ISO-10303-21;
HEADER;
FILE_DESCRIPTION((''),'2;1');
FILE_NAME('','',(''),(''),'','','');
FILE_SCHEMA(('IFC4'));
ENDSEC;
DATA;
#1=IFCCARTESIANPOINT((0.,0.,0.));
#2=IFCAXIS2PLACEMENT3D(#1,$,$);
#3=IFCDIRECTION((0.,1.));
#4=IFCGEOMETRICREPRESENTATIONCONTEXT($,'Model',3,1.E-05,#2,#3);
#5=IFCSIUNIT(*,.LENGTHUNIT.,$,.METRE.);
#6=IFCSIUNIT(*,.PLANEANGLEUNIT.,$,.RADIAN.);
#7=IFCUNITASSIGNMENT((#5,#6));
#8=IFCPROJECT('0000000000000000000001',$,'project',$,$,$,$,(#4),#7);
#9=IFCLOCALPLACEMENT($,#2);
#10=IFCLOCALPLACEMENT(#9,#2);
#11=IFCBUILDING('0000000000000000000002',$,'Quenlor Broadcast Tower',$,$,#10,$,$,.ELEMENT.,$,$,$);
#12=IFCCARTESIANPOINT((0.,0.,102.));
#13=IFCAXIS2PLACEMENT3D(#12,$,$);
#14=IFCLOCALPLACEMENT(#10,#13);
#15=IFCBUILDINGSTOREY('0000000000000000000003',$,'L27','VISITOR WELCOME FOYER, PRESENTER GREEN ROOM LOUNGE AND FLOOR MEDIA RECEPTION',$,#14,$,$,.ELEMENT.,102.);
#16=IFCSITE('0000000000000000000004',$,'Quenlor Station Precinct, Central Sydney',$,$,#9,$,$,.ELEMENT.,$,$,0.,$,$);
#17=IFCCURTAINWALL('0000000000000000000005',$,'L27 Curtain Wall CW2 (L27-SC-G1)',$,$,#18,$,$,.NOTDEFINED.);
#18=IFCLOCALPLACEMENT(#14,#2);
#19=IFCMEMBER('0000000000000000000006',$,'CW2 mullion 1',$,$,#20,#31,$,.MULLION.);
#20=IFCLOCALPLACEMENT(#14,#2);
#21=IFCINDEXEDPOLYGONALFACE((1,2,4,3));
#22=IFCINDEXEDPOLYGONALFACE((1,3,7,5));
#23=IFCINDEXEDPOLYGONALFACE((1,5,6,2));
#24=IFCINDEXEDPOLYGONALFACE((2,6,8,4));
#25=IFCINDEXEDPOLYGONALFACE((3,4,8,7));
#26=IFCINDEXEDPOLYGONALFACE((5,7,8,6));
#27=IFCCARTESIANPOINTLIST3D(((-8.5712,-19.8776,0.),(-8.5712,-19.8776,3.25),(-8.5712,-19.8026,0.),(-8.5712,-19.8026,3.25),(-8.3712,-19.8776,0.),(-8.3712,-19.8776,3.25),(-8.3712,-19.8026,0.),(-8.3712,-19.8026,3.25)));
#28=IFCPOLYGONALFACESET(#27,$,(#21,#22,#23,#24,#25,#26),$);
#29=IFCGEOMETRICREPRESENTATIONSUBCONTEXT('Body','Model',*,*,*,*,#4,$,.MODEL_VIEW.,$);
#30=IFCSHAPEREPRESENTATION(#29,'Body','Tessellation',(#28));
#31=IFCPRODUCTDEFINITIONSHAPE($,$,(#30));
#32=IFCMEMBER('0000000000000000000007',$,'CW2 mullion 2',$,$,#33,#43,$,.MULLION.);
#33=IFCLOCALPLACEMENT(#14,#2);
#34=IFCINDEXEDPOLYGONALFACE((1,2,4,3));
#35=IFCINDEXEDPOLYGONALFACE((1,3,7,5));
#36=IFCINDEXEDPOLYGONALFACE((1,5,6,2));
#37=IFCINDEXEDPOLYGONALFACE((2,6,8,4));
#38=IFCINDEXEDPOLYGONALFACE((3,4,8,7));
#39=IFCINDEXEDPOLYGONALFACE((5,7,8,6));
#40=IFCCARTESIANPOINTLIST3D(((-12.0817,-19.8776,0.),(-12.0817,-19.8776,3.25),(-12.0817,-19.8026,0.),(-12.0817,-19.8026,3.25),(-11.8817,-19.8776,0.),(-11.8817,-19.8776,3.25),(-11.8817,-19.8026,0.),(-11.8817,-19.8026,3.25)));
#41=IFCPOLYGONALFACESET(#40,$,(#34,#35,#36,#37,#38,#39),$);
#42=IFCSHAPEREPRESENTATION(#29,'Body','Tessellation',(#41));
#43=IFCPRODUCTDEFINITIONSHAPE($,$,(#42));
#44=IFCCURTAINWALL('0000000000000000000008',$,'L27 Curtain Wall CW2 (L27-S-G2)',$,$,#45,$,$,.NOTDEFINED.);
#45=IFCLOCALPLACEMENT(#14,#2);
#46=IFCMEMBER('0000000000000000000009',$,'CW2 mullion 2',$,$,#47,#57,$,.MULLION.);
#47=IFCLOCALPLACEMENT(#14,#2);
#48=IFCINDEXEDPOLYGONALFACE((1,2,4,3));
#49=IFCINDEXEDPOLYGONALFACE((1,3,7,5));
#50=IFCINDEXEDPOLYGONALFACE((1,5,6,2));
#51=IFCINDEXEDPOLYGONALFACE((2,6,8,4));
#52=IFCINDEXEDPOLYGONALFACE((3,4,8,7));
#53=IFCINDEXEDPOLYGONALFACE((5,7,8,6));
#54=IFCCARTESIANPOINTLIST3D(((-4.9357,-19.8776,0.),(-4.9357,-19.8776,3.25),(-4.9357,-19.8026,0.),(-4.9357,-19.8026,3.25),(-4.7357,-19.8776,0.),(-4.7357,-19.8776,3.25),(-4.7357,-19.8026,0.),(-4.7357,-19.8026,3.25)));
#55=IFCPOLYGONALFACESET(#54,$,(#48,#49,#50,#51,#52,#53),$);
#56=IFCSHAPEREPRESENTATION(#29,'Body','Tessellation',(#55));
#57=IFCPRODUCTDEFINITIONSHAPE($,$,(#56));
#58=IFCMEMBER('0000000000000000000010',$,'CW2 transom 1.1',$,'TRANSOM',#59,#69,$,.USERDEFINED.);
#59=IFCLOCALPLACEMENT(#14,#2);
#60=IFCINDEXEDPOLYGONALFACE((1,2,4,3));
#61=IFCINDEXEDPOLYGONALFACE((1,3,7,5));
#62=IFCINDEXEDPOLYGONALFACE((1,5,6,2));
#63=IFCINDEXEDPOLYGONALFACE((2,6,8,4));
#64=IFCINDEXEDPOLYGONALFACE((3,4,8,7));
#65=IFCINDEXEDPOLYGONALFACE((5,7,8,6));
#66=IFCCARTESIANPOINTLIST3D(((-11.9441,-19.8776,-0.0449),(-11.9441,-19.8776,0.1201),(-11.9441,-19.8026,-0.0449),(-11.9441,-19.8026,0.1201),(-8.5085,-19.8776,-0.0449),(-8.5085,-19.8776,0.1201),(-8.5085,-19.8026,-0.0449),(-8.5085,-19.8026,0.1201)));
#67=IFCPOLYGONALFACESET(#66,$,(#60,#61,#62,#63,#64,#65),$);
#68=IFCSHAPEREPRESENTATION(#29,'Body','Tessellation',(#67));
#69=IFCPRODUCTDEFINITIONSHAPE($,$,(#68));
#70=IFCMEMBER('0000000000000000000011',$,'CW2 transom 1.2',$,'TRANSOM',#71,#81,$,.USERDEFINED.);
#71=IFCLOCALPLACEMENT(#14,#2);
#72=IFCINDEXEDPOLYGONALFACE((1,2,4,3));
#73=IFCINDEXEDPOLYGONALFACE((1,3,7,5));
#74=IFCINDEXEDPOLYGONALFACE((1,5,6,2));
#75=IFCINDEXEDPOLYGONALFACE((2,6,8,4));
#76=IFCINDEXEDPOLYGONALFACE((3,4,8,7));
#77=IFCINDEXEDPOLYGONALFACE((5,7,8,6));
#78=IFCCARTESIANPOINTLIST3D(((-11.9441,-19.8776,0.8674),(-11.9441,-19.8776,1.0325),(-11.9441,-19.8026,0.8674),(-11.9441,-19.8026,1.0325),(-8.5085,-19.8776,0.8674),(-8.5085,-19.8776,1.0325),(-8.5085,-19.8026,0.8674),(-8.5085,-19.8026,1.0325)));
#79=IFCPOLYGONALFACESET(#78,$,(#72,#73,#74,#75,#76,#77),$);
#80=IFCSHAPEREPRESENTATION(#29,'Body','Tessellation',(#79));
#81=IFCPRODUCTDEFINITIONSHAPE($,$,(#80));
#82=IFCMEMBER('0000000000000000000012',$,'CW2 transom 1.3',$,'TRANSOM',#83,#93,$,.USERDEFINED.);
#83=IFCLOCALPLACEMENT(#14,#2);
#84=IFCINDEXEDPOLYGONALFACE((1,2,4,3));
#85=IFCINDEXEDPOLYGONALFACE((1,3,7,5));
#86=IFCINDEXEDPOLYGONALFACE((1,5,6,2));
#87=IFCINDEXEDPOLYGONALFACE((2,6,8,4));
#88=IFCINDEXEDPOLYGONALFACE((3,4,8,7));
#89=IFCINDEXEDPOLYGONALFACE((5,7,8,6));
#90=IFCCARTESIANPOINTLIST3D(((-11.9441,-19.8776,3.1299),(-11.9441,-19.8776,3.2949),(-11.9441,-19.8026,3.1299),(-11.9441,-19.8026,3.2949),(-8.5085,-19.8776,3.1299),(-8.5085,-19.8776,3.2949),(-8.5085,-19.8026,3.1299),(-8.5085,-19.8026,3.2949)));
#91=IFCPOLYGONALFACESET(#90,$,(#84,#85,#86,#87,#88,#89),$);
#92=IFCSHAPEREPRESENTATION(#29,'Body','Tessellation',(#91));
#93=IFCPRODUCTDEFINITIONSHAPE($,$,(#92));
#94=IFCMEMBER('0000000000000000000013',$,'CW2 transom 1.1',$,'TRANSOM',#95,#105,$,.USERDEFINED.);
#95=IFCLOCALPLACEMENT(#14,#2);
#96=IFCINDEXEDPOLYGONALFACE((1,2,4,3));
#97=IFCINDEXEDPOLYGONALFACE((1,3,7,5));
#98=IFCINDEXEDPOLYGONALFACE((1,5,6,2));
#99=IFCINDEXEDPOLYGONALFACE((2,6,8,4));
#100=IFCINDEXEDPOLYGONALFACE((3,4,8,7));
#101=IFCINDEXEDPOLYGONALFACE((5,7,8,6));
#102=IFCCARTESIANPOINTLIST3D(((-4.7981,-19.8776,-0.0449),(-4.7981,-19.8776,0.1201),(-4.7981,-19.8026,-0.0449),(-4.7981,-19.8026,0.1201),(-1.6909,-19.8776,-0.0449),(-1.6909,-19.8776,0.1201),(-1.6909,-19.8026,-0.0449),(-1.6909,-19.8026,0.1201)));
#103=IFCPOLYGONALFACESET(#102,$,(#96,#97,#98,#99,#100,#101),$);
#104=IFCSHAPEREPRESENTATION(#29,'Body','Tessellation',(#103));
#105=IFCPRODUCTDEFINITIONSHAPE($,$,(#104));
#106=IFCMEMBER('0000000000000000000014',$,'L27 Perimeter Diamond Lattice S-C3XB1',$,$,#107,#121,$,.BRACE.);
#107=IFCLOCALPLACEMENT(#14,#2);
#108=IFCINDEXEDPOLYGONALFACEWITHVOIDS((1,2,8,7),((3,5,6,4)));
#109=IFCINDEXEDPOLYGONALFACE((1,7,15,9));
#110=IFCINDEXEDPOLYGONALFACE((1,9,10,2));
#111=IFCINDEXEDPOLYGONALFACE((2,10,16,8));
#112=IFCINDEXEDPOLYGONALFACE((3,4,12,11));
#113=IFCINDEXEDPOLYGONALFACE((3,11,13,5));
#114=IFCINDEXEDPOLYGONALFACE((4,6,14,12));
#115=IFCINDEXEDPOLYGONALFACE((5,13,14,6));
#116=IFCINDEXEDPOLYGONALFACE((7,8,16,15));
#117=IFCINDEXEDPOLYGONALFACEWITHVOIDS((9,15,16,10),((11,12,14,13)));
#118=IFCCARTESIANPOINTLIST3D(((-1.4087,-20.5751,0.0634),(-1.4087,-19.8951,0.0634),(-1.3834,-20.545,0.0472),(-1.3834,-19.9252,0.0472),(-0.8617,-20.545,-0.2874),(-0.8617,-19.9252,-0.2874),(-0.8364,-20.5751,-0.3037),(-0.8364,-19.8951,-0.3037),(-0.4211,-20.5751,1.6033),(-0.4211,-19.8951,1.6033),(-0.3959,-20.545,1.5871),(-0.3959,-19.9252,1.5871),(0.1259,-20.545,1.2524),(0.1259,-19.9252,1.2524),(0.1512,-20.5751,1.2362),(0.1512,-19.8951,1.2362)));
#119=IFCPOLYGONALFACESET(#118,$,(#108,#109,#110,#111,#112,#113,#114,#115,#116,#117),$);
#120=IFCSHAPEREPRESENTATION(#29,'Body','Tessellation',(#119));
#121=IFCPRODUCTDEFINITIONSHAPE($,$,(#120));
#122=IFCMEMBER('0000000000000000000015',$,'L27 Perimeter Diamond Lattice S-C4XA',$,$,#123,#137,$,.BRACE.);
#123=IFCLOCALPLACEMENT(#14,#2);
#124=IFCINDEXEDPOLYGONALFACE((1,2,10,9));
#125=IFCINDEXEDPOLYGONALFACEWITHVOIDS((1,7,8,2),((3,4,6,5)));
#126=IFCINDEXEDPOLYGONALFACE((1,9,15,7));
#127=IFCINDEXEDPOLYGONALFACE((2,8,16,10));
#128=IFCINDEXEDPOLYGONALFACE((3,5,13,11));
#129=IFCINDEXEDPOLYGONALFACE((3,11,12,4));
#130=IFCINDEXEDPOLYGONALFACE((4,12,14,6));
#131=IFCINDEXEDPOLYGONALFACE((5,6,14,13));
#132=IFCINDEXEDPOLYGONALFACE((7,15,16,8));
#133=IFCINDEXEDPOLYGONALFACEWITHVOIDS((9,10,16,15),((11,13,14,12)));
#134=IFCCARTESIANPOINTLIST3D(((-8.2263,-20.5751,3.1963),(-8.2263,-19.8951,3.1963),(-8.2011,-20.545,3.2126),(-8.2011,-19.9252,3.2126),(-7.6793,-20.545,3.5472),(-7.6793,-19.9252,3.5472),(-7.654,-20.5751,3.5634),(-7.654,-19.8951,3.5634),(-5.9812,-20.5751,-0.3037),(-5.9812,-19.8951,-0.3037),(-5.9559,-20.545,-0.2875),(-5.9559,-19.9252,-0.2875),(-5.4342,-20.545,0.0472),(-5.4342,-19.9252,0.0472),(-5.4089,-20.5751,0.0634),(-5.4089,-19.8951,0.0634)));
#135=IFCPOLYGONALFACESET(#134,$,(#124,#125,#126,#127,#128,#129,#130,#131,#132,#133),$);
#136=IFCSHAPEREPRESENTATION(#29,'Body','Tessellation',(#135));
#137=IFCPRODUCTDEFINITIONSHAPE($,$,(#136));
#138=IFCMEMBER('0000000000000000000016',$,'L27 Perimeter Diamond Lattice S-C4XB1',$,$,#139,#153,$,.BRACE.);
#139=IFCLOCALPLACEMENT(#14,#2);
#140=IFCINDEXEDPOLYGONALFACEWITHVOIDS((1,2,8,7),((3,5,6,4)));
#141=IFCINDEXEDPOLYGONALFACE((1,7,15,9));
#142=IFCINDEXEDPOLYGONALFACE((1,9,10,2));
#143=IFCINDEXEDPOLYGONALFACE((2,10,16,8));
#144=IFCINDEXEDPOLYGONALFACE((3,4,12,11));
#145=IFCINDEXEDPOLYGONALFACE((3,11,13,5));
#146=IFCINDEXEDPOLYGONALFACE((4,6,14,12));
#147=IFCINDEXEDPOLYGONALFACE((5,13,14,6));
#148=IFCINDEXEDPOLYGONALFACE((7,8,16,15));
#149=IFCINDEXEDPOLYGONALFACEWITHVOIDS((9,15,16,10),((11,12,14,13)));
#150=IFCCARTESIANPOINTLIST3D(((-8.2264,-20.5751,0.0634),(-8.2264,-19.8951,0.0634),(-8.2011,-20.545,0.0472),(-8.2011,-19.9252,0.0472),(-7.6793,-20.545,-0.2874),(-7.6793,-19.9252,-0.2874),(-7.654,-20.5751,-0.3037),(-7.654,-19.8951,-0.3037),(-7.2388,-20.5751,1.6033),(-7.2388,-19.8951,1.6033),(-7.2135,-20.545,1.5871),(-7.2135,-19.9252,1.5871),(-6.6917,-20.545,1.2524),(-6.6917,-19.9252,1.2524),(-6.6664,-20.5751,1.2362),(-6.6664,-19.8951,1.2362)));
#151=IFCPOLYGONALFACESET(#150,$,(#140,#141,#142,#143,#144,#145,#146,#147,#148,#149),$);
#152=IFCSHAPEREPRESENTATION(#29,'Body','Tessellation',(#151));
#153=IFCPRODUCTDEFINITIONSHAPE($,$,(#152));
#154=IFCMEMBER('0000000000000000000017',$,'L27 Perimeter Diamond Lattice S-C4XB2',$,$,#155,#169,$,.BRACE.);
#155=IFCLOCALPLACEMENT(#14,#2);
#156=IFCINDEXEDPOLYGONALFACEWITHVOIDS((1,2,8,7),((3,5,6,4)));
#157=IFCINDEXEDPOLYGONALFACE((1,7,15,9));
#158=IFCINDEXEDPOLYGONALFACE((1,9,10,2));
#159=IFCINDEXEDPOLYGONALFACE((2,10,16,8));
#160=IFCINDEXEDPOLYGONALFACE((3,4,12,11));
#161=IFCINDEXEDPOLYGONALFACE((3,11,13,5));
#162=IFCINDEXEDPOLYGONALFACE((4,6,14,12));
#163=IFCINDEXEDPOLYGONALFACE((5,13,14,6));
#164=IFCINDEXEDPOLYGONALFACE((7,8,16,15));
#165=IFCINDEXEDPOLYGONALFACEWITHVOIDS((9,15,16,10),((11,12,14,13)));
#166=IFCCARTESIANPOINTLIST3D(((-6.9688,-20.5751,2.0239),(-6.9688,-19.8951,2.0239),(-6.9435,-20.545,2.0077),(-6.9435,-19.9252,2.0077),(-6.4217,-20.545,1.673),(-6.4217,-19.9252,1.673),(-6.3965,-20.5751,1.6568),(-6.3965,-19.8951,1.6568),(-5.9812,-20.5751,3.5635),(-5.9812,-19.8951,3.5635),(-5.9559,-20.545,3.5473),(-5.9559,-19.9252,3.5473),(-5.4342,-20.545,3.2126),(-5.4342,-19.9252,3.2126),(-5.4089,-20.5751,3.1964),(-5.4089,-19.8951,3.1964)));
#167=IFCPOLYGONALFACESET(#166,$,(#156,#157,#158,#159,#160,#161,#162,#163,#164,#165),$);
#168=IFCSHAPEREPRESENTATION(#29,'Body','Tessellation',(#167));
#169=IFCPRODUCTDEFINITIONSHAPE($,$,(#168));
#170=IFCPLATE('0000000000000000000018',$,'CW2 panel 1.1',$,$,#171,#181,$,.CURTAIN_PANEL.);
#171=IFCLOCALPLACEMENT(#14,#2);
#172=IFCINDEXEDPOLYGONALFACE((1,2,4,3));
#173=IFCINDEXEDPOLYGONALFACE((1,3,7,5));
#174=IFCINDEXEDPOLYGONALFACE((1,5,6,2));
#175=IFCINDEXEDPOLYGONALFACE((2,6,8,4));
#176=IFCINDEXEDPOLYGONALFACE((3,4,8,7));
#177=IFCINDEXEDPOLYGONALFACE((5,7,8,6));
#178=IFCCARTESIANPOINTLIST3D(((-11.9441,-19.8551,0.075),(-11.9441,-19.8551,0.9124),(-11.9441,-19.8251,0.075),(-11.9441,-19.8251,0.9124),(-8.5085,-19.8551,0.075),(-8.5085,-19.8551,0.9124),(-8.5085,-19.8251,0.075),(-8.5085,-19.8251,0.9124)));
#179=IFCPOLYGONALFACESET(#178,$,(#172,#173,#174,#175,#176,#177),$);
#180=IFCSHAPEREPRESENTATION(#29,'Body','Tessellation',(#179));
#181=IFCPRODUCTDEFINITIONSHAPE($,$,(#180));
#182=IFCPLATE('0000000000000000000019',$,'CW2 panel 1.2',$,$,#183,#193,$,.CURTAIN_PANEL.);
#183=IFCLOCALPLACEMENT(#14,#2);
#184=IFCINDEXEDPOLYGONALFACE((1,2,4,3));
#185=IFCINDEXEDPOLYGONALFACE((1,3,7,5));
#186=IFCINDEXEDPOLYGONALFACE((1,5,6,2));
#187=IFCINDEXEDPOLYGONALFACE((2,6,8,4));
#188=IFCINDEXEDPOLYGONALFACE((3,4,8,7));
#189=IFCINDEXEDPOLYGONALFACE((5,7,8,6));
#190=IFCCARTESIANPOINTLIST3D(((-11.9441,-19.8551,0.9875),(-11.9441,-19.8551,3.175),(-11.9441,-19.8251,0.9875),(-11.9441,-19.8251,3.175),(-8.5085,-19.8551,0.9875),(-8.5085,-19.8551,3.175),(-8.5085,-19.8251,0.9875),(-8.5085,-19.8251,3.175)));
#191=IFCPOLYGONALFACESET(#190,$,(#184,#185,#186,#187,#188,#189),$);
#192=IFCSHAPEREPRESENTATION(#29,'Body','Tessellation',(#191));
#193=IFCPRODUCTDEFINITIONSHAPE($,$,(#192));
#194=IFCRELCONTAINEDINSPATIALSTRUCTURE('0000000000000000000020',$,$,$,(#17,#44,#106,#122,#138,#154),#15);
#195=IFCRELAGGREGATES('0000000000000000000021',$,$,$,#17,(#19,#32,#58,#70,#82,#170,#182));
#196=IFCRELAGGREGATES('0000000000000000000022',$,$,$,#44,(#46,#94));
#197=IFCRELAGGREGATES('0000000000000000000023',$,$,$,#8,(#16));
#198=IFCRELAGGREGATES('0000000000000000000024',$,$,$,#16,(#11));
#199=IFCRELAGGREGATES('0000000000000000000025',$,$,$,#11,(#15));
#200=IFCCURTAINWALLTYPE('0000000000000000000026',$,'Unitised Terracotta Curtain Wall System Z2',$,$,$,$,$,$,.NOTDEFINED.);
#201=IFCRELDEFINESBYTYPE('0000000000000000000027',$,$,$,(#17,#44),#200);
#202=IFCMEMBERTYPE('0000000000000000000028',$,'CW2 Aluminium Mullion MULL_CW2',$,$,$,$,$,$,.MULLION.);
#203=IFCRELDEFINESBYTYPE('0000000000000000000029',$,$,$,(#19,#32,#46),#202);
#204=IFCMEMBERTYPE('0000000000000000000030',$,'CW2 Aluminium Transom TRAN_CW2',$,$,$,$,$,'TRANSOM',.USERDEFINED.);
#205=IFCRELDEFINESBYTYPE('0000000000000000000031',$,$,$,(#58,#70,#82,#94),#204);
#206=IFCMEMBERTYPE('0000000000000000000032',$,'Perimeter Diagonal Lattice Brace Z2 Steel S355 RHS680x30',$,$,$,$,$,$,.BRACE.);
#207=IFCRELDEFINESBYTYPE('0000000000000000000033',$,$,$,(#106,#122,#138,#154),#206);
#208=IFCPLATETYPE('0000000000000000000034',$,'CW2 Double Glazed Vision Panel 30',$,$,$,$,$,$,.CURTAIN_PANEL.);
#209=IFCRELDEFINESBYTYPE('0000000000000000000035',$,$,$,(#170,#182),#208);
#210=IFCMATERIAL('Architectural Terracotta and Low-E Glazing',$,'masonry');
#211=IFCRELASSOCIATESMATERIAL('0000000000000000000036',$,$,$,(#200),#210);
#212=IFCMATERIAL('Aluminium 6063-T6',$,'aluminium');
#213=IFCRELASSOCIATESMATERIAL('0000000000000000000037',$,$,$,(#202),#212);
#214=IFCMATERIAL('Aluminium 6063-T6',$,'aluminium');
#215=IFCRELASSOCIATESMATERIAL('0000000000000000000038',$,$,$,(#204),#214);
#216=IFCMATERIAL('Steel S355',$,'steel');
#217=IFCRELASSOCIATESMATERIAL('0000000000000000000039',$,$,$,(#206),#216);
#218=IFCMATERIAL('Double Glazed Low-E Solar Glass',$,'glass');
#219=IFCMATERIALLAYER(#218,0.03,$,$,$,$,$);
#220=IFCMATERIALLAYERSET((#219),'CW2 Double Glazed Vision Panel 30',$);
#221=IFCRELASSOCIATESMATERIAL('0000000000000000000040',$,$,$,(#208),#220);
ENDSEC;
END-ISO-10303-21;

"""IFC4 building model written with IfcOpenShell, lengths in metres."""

from ifc_helpers import new_model, si_unit, direction, frame, origin, origin_2d, place, context, subcontext, project, spatial, rectangle, hollow_rectangle, extrude, material, layer, layer_set, material_profile, profile_set, type_object, element, aggregate, save


model = new_model("IFC4")

# Units and contexts
model_context = context("Model", 3, precision=1e-05, world=origin(), true_north=direction((0.0, 1.0)))
body_context = subcontext(model_context, "Body", "Model", "MODEL_VIEW")
ifc_project = project(units=[si_unit("LENGTHUNIT", "METRE"), si_unit("PLANEANGLEUNIT", "RADIAN")], contexts=[model_context])

# Site, building, storey
site_placement = place(None, origin())
site = spatial("IfcSite", under=ifc_project, at=site_placement, Name="Quenlor Station Precinct, Central Sydney", CompositionType="ELEMENT", RefElevation=0.0)
building_placement = place(site_placement, origin())
building = spatial("IfcBuilding", under=site, at=building_placement, Name="Quenlor Broadcast Tower", CompositionType="ELEMENT")
storey_placement = place(building_placement, frame((0.0, 0.0, 102.0)))
storey = spatial("IfcBuildingStorey", under=building, at=storey_placement, Name="L27", Description="VISITOR WELCOME FOYER, PRESENTER GREEN ROOM LOUNGE AND FLOOR MEDIA RECEPTION", CompositionType="ELEMENT", Elevation=102.0)

# Curtain wall, members
ifc_material_1 = material(Name="Architectural Terracotta and Low-E Glazing", Category="masonry")
curtain_wall_type = type_object("IfcCurtainWallType", Name="Unitised Terracotta Curtain Wall System Z2", PredefinedType="NOTDEFINED", material=ifc_material_1)
curtain_wall_1_placement = place(storey_placement, origin())
curtain_wall_1 = element("IfcCurtainWall", 1, at=curtain_wall_1_placement, inside=storey, type_object=curtain_wall_type, Name="L27 Curtain Wall CW2 (L27-SC-G1)", PredefinedType="NOTDEFINED")
ifc_material_2 = material(Name="Aluminium 6063-T6", Category="aluminium")
ifc_material_profile_1 = material_profile(ifc_material_2, rectangle(XDim=0.075, YDim=0.2, at=origin_2d()))
ifc_profile_set_1 = profile_set([ifc_material_profile_1], Name="Aluminium 6063-T6 MULL75x200")
member_type_1 = type_object("IfcMemberType", Name="CW2 Aluminium Mullion MULL_CW2", PredefinedType="MULLION", material=ifc_profile_set_1)
member_1_placement = place(storey_placement, frame((-8.4712, -19.8401, 0.0), z_axis=(0.0, 0.0, 1.0), x_axis=(0.0, -1.0, 0.0)))
member_1 = element("IfcMember", 2, at=member_1_placement, type_object=member_type_1, Name="CW2 mullion 1", PredefinedType="MULLION", context=body_context, shape_type="SweptSolid", body=[
    extrude(rectangle(XDim=0.075, YDim=0.2, at=origin_2d()), origin(), (0.0, 0.0, 1.0), 3.25),
])
member_2_placement = place(storey_placement, frame((-11.9817, -19.8401, 0.0), z_axis=(0.0, 0.0, 1.0), x_axis=(0.0, -1.0, 0.0)))
member_2 = element("IfcMember", 3, at=member_2_placement, type_object=member_type_1, Name="CW2 mullion 2", PredefinedType="MULLION", context=body_context, shape_type="SweptSolid", body=[
    extrude(rectangle(XDim=0.075, YDim=0.2, at=origin_2d()), origin(), (0.0, 0.0, 1.0), 3.25),
])

# Curtain wall, member
curtain_wall_2_placement = place(storey_placement, origin())
curtain_wall_2 = element("IfcCurtainWall", 4, at=curtain_wall_2_placement, inside=storey, type_object=curtain_wall_type, Name="L27 Curtain Wall CW2 (L27-S-G2)", PredefinedType="NOTDEFINED")
member_3_placement = place(storey_placement, frame((-4.8357, -19.8401, 0.0), z_axis=(0.0, 0.0, 1.0), x_axis=(0.0, -1.0, 0.0)))
member_3 = element("IfcMember", 5, at=member_3_placement, type_object=member_type_1, Name="CW2 mullion 2", PredefinedType="MULLION", context=body_context, shape_type="SweptSolid", body=[
    extrude(rectangle(XDim=0.075, YDim=0.2, at=origin_2d()), origin(), (0.0, 0.0, 1.0), 3.25),
])

# Members
ifc_material_3 = material(Name="Aluminium 6063-T6", Category="aluminium")
ifc_material_profile_2 = material_profile(ifc_material_3, rectangle(XDim=0.075, YDim=0.165, at=origin_2d()))
ifc_profile_set_2 = profile_set([ifc_material_profile_2], Name="Aluminium 6063-T6 TRAN75x165")
member_type_2 = type_object("IfcMemberType", Name="CW2 Aluminium Transom TRAN_CW2", ElementType="TRANSOM", PredefinedType="USERDEFINED", material=ifc_profile_set_2)
member_4_placement = place(storey_placement, frame((-8.5085, -19.8401, 0.0376), z_axis=(-1.0, 0.0, 0.0), x_axis=(0.0, -1.0, 0.0)))
member_4 = element("IfcMember", 6, at=member_4_placement, type_object=member_type_2, Name="CW2 transom 1.1", ObjectType="TRANSOM", PredefinedType="USERDEFINED", context=body_context, shape_type="SweptSolid", body=[
    extrude(rectangle(XDim=0.075, YDim=0.165, at=origin_2d()), origin(), (0.0, 0.0, 1.0), 3.4355),
])
member_5_placement = place(storey_placement, frame((-8.5085, -19.8401, 0.95), z_axis=(-1.0, 0.0, 0.0), x_axis=(0.0, -1.0, 0.0)))
member_5 = element("IfcMember", 7, at=member_5_placement, type_object=member_type_2, Name="CW2 transom 1.2", ObjectType="TRANSOM", PredefinedType="USERDEFINED", context=body_context, shape_type="SweptSolid", body=[
    extrude(rectangle(XDim=0.075, YDim=0.165, at=origin_2d()), origin(), (0.0, 0.0, 1.0), 3.4355),
])
member_6_placement = place(storey_placement, frame((-8.5085, -19.8401, 3.2124), z_axis=(-1.0, 0.0, 0.0), x_axis=(0.0, -1.0, 0.0)))
member_6 = element("IfcMember", 8, at=member_6_placement, type_object=member_type_2, Name="CW2 transom 1.3", ObjectType="TRANSOM", PredefinedType="USERDEFINED", context=body_context, shape_type="SweptSolid", body=[
    extrude(rectangle(XDim=0.075, YDim=0.165, at=origin_2d()), origin(), (0.0, 0.0, 1.0), 3.4355),
])
member_7_placement = place(storey_placement, frame((-1.6909, -19.8401, 0.0376), z_axis=(-1.0, 0.0, 0.0), x_axis=(0.0, -1.0, 0.0)))
member_7 = element("IfcMember", 9, at=member_7_placement, type_object=member_type_2, Name="CW2 transom 1.1", ObjectType="TRANSOM", PredefinedType="USERDEFINED", context=body_context, shape_type="SweptSolid", body=[
    extrude(rectangle(XDim=0.075, YDim=0.165, at=origin_2d()), origin(), (0.0, 0.0, 1.0), 3.1072),
])

# Members
ifc_material_4 = material(Name="Steel S355", Category="steel")
ifc_material_profile_3 = material_profile(ifc_material_4, hollow_rectangle(XDim=0.6799, YDim=0.6799, WallThickness=0.03, at=origin_2d()))
ifc_profile_set_3 = profile_set([ifc_material_profile_3], Name="Steel S355 RHS680x680x30")
member_type_3 = type_object("IfcMemberType", Name="Perimeter Diagonal Lattice Brace Z2 Steel S355 RHS680x30", PredefinedType="BRACE", material=ifc_profile_set_3)
member_8_placement = place(storey_placement, frame((-1.1226, -20.2351, -0.1201), z_axis=(0.53986, 0.0, 0.841755), x_axis=(0.0, 1.0, 0.0)))
element("IfcMember", 10, at=member_8_placement, inside=storey, type_object=member_type_3, Name="L27 Perimeter Diamond Lattice S-C3XB1", PredefinedType="BRACE", context=body_context, shape_type="SweptSolid", body=[
    extrude(hollow_rectangle(XDim=0.6799, YDim=0.6799, WallThickness=0.03, at=origin_2d()), origin(), (0.0, 0.0, 1.0), 1.8293),
])
member_9_placement = place(storey_placement, frame((-5.6951, -20.2351, -0.1201), z_axis=(-0.539926, 0.0, 0.841712), x_axis=(0.0, -1.0, 0.0)))
element("IfcMember", 11, at=member_9_placement, inside=storey, type_object=member_type_3, Name="L27 Perimeter Diamond Lattice S-C4XA", PredefinedType="BRACE", context=body_context, shape_type="SweptSolid", body=[
    extrude(hollow_rectangle(XDim=0.6799, YDim=0.6799, WallThickness=0.03, at=origin_2d()), origin(), (0.0, 0.0, 1.0), 4.1582),
])
member_10_placement = place(storey_placement, frame((-7.9402, -20.2351, -0.1201), z_axis=(0.53986, 0.0, 0.841755), x_axis=(0.0, 1.0, 0.0)))
element("IfcMember", 12, at=member_10_placement, inside=storey, type_object=member_type_3, Name="L27 Perimeter Diamond Lattice S-C4XB1", PredefinedType="BRACE", context=body_context, shape_type="SweptSolid", body=[
    extrude(hollow_rectangle(XDim=0.6799, YDim=0.6799, WallThickness=0.03, at=origin_2d()), origin(), (0.0, 0.0, 1.0), 1.8293),
])
member_11_placement = place(storey_placement, frame((-6.6826, -20.2351, 1.8403), z_axis=(0.539921, 0.0, 0.841716), x_axis=(0.0, 1.0, 0.0)))
element("IfcMember", 13, at=member_11_placement, inside=storey, type_object=member_type_3, Name="L27 Perimeter Diamond Lattice S-C4XB2", PredefinedType="BRACE", context=body_context, shape_type="SweptSolid", body=[
    extrude(hollow_rectangle(XDim=0.6799, YDim=0.6799, WallThickness=0.03, at=origin_2d()), origin(), (0.0, 0.0, 1.0), 1.8291),
])

# Plates
ifc_material_5 = material(Name="Double Glazed Low-E Solar Glass", Category="glass")
ifc_layer_1 = layer(ifc_material_5, 0.03)
ifc_layer_set_1 = layer_set([ifc_layer_1], Name="CW2 Double Glazed Vision Panel 30")
plate_type_1 = type_object("IfcPlateType", Name="CW2 Double Glazed Vision Panel 30", PredefinedType="CURTAIN_PANEL", material=ifc_layer_set_1)
plate_1_placement = place(storey_placement, frame((-10.2263, -19.8401, 0.075), z_axis=(0.0, 0.0, 1.0), x_axis=(-1.0, 0.0, 0.0)))
plate_1 = element("IfcPlate", 14, at=plate_1_placement, type_object=plate_type_1, Name="CW2 panel 1.1", PredefinedType="CURTAIN_PANEL", context=body_context, shape_type="SweptSolid", body=[
    extrude(rectangle(XDim=3.4355, YDim=0.03, at=origin_2d()), origin(), (0.0, 0.0, 1.0), 0.8374),
])
plate_2_placement = place(storey_placement, frame((-10.2263, -19.8401, 0.9875), z_axis=(0.0, 0.0, 1.0), x_axis=(-1.0, 0.0, 0.0)))
plate_2 = element("IfcPlate", 15, at=plate_2_placement, type_object=plate_type_1, Name="CW2 panel 1.2", PredefinedType="CURTAIN_PANEL", context=body_context, shape_type="SweptSolid", body=[
    extrude(rectangle(XDim=3.4355, YDim=0.03, at=origin_2d()), origin(), (0.0, 0.0, 1.0), 2.1875),
])
aggregate(curtain_wall_1, [member_1, member_2, member_4, member_5, member_6, plate_1, plate_2])
aggregate(curtain_wall_2, [member_3, member_7])

save(model, "model.ifc")
